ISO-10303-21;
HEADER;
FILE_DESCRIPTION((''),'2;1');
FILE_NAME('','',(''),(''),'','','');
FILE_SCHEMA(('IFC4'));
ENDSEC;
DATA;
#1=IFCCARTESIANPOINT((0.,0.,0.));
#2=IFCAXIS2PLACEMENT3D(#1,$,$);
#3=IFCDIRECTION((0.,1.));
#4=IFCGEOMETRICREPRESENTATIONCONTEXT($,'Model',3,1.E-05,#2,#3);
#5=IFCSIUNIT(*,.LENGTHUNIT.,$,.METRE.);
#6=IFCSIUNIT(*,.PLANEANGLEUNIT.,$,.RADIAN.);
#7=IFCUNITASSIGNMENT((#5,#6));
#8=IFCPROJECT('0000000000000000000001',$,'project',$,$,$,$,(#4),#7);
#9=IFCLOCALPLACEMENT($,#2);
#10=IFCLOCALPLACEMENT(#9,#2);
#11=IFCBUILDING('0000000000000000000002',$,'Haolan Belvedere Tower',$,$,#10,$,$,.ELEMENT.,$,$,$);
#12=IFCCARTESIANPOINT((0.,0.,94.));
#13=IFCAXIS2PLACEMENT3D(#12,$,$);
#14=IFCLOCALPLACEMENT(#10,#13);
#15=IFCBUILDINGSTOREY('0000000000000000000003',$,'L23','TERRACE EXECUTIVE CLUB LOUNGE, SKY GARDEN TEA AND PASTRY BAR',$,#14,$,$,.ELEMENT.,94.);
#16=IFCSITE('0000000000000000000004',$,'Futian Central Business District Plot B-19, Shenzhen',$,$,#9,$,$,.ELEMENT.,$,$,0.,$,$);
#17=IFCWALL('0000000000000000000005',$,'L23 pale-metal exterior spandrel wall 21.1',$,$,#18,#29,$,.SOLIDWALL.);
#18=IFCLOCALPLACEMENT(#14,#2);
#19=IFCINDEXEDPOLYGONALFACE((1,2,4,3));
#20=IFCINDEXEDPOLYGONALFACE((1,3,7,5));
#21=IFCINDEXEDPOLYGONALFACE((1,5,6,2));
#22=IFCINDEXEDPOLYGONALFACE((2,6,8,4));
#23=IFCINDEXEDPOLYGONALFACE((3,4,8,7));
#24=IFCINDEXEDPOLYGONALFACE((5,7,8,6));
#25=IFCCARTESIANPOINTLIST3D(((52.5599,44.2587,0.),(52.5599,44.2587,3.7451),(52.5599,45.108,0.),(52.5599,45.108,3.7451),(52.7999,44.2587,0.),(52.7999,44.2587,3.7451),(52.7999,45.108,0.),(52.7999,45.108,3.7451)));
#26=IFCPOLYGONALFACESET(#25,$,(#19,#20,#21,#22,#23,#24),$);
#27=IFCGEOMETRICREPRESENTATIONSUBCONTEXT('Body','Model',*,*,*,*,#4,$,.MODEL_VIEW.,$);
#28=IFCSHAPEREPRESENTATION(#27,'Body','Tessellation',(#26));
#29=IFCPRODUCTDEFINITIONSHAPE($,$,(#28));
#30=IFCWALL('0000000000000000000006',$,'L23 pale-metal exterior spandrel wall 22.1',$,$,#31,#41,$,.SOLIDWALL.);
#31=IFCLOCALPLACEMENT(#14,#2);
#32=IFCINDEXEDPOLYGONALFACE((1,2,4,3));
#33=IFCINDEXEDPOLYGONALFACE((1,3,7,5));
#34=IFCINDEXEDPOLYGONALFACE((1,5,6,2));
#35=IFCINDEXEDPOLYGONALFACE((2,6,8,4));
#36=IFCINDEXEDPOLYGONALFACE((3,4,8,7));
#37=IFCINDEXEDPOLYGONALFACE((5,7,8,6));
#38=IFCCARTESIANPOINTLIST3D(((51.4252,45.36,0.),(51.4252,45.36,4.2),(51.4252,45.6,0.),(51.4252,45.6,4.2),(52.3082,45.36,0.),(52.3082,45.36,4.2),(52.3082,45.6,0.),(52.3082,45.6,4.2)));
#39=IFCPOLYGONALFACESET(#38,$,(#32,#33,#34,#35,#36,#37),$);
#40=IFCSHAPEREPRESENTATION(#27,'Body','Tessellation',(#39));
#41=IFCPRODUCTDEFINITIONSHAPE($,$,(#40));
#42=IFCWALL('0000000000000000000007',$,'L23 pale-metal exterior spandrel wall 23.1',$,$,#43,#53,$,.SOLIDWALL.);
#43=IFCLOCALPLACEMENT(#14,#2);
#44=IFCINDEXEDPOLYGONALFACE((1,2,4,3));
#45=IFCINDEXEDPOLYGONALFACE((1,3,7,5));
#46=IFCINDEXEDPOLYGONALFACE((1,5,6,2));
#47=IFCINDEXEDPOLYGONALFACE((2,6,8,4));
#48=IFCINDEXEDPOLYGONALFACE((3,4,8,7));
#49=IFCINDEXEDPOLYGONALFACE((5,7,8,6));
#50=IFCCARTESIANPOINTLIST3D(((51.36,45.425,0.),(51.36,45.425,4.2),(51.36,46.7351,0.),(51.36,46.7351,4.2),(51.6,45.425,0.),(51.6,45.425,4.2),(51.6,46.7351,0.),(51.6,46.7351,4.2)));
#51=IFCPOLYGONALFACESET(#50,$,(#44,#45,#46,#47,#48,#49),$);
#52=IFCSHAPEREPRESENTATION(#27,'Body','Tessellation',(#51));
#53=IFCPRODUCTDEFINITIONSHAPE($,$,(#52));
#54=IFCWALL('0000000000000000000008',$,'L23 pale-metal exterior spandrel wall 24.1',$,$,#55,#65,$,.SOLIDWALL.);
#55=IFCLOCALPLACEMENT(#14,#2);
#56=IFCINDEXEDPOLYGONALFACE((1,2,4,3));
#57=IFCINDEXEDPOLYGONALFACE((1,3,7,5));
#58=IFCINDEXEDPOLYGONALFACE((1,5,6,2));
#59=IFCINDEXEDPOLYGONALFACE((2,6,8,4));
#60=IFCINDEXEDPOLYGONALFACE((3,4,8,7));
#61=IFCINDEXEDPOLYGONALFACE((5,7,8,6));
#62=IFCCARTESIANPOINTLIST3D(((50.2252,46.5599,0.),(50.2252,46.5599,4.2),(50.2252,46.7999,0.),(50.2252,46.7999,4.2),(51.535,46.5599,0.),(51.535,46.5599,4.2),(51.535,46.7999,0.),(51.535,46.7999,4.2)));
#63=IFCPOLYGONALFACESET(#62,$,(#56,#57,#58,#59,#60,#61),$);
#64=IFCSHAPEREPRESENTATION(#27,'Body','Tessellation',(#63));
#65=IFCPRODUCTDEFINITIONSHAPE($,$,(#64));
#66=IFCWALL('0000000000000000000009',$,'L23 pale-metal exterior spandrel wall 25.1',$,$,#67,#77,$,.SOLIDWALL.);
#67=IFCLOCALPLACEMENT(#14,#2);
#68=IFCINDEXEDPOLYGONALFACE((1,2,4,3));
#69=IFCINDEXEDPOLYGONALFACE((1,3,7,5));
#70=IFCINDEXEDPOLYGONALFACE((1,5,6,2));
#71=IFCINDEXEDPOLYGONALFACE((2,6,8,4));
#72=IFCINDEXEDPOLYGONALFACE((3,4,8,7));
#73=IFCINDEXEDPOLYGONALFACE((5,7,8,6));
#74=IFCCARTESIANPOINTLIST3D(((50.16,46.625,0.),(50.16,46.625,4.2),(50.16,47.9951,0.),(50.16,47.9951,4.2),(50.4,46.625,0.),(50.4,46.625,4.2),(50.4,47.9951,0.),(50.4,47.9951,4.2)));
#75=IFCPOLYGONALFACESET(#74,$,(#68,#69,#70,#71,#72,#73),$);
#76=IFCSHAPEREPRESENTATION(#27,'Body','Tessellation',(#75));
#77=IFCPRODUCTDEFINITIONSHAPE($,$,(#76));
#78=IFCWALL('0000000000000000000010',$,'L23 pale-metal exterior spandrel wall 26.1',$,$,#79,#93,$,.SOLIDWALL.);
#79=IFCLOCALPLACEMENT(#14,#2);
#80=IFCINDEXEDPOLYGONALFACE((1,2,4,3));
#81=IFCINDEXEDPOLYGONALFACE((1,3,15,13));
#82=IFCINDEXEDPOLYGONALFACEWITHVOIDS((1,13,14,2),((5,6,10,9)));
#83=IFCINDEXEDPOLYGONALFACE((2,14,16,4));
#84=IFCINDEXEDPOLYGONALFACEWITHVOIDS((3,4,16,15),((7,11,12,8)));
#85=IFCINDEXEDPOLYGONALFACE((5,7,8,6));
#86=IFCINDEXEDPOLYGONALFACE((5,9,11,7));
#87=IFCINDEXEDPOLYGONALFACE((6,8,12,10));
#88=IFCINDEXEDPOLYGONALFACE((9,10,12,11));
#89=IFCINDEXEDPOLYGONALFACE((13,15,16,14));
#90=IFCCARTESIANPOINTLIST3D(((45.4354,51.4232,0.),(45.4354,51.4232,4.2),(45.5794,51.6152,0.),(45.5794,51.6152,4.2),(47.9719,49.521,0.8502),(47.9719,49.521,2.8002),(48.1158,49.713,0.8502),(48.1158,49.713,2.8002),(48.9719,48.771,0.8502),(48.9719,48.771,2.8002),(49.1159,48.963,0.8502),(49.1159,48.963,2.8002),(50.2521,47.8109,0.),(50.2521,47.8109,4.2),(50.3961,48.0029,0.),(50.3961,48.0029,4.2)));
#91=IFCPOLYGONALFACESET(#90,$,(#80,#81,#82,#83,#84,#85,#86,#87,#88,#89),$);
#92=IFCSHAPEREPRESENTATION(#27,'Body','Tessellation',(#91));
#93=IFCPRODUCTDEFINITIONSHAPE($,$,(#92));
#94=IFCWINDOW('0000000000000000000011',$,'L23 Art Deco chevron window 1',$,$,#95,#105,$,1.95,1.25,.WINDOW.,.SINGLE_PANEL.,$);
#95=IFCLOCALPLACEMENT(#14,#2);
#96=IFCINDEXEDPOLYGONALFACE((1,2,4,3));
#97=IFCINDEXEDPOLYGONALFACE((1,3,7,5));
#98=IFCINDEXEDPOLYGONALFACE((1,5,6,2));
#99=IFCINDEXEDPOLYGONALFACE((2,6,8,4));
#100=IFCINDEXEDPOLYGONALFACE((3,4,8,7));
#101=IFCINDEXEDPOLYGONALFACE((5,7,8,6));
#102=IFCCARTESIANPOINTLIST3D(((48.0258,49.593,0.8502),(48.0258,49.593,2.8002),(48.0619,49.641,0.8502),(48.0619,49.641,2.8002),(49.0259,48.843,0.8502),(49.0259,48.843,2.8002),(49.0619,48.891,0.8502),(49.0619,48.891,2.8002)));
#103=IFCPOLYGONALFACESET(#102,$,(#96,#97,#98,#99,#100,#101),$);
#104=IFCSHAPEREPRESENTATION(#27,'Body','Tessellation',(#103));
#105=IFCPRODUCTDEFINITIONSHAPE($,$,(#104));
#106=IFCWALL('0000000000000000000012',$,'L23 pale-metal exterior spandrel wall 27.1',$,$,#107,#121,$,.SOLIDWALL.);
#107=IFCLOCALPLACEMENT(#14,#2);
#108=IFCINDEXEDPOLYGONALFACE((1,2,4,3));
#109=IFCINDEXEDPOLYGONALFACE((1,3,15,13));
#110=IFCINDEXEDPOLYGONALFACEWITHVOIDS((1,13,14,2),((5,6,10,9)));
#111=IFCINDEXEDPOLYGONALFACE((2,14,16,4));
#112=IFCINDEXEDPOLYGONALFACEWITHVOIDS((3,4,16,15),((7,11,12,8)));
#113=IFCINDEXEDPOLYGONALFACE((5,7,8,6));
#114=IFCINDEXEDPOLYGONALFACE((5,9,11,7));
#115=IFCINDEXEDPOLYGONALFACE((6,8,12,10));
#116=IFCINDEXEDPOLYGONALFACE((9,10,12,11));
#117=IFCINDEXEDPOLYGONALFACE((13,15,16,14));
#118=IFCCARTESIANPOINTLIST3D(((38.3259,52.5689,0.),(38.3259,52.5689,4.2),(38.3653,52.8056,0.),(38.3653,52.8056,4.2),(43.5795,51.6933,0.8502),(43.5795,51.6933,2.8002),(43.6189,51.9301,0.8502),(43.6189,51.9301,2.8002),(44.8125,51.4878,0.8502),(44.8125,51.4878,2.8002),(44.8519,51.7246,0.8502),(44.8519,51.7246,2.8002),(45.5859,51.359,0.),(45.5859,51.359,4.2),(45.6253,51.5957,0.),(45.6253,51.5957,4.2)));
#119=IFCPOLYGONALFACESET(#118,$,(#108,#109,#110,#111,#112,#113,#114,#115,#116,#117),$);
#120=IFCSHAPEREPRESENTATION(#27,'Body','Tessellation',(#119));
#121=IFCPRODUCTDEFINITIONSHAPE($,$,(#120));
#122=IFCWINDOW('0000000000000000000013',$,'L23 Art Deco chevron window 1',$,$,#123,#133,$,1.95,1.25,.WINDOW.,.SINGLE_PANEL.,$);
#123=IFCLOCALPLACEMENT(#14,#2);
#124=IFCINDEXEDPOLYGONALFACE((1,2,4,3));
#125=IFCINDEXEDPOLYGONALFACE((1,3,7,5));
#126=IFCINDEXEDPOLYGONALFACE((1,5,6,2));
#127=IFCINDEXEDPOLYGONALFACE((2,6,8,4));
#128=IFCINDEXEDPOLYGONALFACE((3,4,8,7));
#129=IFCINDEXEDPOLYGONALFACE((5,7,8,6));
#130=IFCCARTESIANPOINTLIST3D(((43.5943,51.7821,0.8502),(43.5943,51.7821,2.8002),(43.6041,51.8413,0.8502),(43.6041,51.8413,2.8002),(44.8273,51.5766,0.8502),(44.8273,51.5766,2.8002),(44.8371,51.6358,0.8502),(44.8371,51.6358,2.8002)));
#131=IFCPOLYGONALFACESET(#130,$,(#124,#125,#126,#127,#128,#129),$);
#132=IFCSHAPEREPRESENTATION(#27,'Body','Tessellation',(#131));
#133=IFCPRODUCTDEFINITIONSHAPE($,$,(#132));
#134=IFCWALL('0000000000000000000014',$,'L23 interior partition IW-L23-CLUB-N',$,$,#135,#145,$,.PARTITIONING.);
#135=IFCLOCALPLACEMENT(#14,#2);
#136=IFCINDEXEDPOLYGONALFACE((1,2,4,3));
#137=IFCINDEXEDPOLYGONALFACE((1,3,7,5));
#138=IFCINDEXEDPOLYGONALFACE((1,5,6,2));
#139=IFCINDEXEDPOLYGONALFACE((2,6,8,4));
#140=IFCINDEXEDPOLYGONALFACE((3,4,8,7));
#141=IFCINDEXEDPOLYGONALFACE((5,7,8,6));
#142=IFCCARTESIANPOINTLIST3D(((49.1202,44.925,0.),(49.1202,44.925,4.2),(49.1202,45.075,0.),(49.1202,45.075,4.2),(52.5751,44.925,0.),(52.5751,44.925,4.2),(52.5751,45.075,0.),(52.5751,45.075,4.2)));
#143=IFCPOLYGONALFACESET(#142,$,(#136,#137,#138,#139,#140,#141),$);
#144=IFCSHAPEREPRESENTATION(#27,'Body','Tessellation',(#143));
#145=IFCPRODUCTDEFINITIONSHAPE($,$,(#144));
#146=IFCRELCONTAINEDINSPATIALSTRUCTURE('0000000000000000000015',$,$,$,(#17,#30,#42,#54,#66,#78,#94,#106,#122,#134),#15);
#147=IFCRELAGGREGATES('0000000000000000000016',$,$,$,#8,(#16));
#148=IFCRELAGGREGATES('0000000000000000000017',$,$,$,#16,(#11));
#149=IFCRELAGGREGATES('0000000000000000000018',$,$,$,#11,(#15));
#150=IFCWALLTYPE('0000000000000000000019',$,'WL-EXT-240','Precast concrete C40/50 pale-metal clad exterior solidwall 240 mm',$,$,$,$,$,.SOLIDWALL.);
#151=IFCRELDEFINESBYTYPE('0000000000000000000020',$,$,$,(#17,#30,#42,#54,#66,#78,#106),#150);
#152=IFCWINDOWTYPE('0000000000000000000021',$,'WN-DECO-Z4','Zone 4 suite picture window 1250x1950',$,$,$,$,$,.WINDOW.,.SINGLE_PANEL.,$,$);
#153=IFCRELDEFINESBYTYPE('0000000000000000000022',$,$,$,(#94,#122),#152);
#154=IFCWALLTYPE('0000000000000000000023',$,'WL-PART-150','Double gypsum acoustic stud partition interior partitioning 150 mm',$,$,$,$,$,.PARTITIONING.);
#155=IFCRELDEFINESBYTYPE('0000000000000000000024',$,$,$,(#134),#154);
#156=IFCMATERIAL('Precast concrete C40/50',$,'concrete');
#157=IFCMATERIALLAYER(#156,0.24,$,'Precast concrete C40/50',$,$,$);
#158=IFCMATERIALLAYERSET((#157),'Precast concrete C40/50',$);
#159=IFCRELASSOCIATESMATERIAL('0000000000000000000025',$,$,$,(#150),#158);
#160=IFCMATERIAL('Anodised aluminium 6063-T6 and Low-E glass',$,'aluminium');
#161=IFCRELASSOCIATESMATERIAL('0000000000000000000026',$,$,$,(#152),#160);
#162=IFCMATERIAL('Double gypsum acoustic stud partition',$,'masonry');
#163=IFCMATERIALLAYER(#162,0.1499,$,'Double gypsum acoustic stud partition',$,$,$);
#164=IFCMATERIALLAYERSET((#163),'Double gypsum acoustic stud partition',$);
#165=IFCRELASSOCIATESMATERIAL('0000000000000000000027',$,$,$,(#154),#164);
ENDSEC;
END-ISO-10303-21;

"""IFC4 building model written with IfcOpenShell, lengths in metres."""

from ifc_helpers import new_model, si_unit, direction, frame, frame_2d, origin, place, context, subcontext, project, spatial, rectangle, extrude, material, layer, layer_set, type_object, element, fill, save


model = new_model("IFC4")

# Units and contexts
model_context = context("Model", 3, precision=1e-05, world=origin(), true_north=direction((0.0, 1.0)))
body_context = subcontext(model_context, "Body", "Model", "MODEL_VIEW")
ifc_project = project(units=[si_unit("LENGTHUNIT", "METRE"), si_unit("PLANEANGLEUNIT", "RADIAN")], contexts=[model_context])

# Site, building, storey
site_placement = place(None, origin())
site = spatial("IfcSite", under=ifc_project, at=site_placement, Name="Futian Central Business District Plot B-19, Shenzhen", CompositionType="ELEMENT", RefElevation=0.0)
building_placement = place(site_placement, origin())
building = spatial("IfcBuilding", under=site, at=building_placement, Name="Haolan Belvedere Tower", CompositionType="ELEMENT")
storey_placement = place(building_placement, frame((0.0, 0.0, 94.0)))
storey = spatial("IfcBuildingStorey", under=building, at=storey_placement, Name="L23", Description="TERRACE EXECUTIVE CLUB LOUNGE, SKY GARDEN TEA AND PASTRY BAR", CompositionType="ELEMENT", Elevation=94.0)

# Shared definitions
ifc_material_1 = material(Name="Precast concrete C40/50", Category="concrete")
ifc_layer_1 = layer(ifc_material_1, 0.24, Name="Precast concrete C40/50")
ifc_layer_set_1 = layer_set([ifc_layer_1], Name="Precast concrete C40/50")
wall_type_1 = type_object("IfcWallType", Name="WL-EXT-240", Description="Precast concrete C40/50 pale-metal clad exterior solidwall 240 mm", PredefinedType="SOLIDWALL", material=ifc_layer_set_1)

# Shared definitions
ifc_material_2 = material(Name="Anodised aluminium 6063-T6 and Low-E glass", Category="aluminium")
window_type = type_object("IfcWindowType", Name="WN-DECO-Z4", Description="Zone 4 suite picture window 1250x1950", PartitioningType="SINGLE_PANEL", PredefinedType="WINDOW", material=ifc_material_2)

# Walls
wall_1_placement = place(storey_placement, frame((52.6799, 44.2585, 0.0), z_axis=(0.0, 0.0, 1.0), x_axis=(0.0, 1.0, 0.0)))
element("IfcWall", 1, at=wall_1_placement, inside=storey, type_object=wall_type_1, Name="L23 pale-metal exterior spandrel wall 21.1", PredefinedType="SOLIDWALL", context=body_context, shape_type="SweptSolid", body=[
    extrude(rectangle(XDim=0.8494, YDim=0.24, at=frame_2d((0.4248, 0.0))), origin(), (0.0, 0.0, 1.0), 3.7451),
])
wall_2_placement = place(storey_placement, frame((52.3081, 45.48, 0.0), z_axis=(0.0, 0.0, 1.0), x_axis=(-1.0, 0.0, 0.0)))
element("IfcWall", 2, at=wall_2_placement, inside=storey, type_object=wall_type_1, Name="L23 pale-metal exterior spandrel wall 22.1", PredefinedType="SOLIDWALL", context=body_context, shape_type="SweptSolid", body=[
    extrude(rectangle(XDim=0.8831, YDim=0.24, at=frame_2d((0.4414, 0.0))), origin(), (0.0, 0.0, 1.0), 4.2),
])
wall_3_placement = place(storey_placement, frame((51.48, 45.425, 0.0), z_axis=(0.0, 0.0, 1.0), x_axis=(0.0, 1.0, 0.0)))
element("IfcWall", 3, at=wall_3_placement, inside=storey, type_object=wall_type_1, Name="L23 pale-metal exterior spandrel wall 23.1", PredefinedType="SOLIDWALL", context=body_context, shape_type="SweptSolid", body=[
    extrude(rectangle(XDim=1.3101, YDim=0.24, at=frame_2d((0.655, 0.0))), origin(), (0.0, 0.0, 1.0), 4.2),
])
wall_4_placement = place(storey_placement, frame((51.5349, 46.6799, 0.0), z_axis=(0.0, 0.0, 1.0), x_axis=(-1.0, 0.0, 0.0)))
element("IfcWall", 4, at=wall_4_placement, inside=storey, type_object=wall_type_1, Name="L23 pale-metal exterior spandrel wall 24.1", PredefinedType="SOLIDWALL", context=body_context, shape_type="SweptSolid", body=[
    extrude(rectangle(XDim=1.3098, YDim=0.24, at=frame_2d((0.6548, 0.0))), origin(), (0.0, 0.0, 1.0), 4.2),
])
wall_5_placement = place(storey_placement, frame((50.28, 46.625, 0.0), z_axis=(0.0, 0.0, 1.0), x_axis=(0.0, 1.0, 0.0)))
element("IfcWall", 5, at=wall_5_placement, inside=storey, type_object=wall_type_1, Name="L23 pale-metal exterior spandrel wall 25.1", PredefinedType="SOLIDWALL", context=body_context, shape_type="SweptSolid", body=[
    extrude(rectangle(XDim=1.3701, YDim=0.24, at=frame_2d((0.6851, 0.0))), origin(), (0.0, 0.0, 1.0), 4.2),
])

# Walls, openings, windows
wall_6_placement = place(storey_placement, frame((50.324, 47.907, 0.0), z_axis=(0.0, 0.0, 1.0), x_axis=(-0.800015, 0.599981, 0.0)))
wall_6 = element("IfcWall", 6, at=wall_6_placement, inside=storey, type_object=wall_type_1, Name="L23 pale-metal exterior spandrel wall 26.1", PredefinedType="SOLIDWALL", context=body_context, shape_type="SweptSolid", body=[
    extrude(rectangle(XDim=6.0208, YDim=0.24, at=frame_2d((3.0103, 0.0))), origin(), (0.0, 0.0, 1.0), 4.2),
])
opening_1_placement = place(wall_6_placement, frame((1.6001, 0.0, 0.8501)))
opening_1 = element("IfcOpeningElement", 7, at=opening_1_placement, cuts=wall_6, PredefinedType="OPENING", context=body_context, shape_type="SweptSolid", body=[
    extrude(rectangle(XDim=1.25, YDim=1.95, at=frame_2d((0.625, 0.9751))), frame((0.0, 0.1299, 0.0), z_axis=(0.0, -1.0, 0.0), x_axis=(1.0, 0.0, 0.0)), (0.0, 0.0, 1.0), 0.26),
])
window_1_placement = place(opening_1_placement, origin())
window_1 = element("IfcWindow", 8, at=window_1_placement, inside=storey, type_object=window_type, Name="L23 Art Deco chevron window 1", OverallHeight=1.95, OverallWidth=1.25, PartitioningType="SINGLE_PANEL", PredefinedType="WINDOW", context=body_context, shape_type="SweptSolid", body=[
    extrude(rectangle(XDim=1.25, YDim=1.95, at=frame_2d((0.625, 0.9751))), frame((0.0, 0.03, 0.0), z_axis=(0.0, -1.0, 0.0), x_axis=(1.0, 0.0, 0.0)), (0.0, 0.0, 1.0), 0.0601),
])
fill(opening_1, window_1)
wall_7_placement = place(storey_placement, frame((45.6057, 51.4773, 0.0), z_axis=(0.0, 0.0, 1.0), x_axis=(-0.986395, 0.164394, 0.0)))
wall_7 = element("IfcWall", 9, at=wall_7_placement, inside=storey, type_object=wall_type_1, Name="L23 pale-metal exterior spandrel wall 27.1", PredefinedType="SOLIDWALL", context=body_context, shape_type="SweptSolid", body=[
    extrude(rectangle(XDim=7.3601, YDim=0.24, at=frame_2d((3.6802, 0.0))), origin(), (0.0, 0.0, 1.0), 4.2),
])
opening_2_placement = place(wall_7_placement, frame((0.7842, 0.0, 0.8501)))
opening_2 = element("IfcOpeningElement", 10, at=opening_2_placement, cuts=wall_7, PredefinedType="OPENING", context=body_context, shape_type="SweptSolid", body=[
    extrude(rectangle(XDim=1.25, YDim=1.95, at=frame_2d((0.625, 0.9751))), frame((0.0, 0.1299, 0.0), z_axis=(0.0, -1.0, 0.0), x_axis=(1.0, 0.0, 0.0)), (0.0, 0.0, 1.0), 0.26),
])
window_2_placement = place(opening_2_placement, origin())
window_2 = element("IfcWindow", 11, at=window_2_placement, inside=storey, type_object=window_type, Name="L23 Art Deco chevron window 1", OverallHeight=1.95, OverallWidth=1.25, PartitioningType="SINGLE_PANEL", PredefinedType="WINDOW", context=body_context, shape_type="SweptSolid", body=[
    extrude(rectangle(XDim=1.25, YDim=1.95, at=frame_2d((0.625, 0.9751))), frame((0.0, 0.03, 0.0), z_axis=(0.0, -1.0, 0.0), x_axis=(1.0, 0.0, 0.0)), (0.0, 0.0, 1.0), 0.0601),
])
fill(opening_2, window_2)

# Wall
ifc_material_3 = material(Name="Double gypsum acoustic stud partition", Category="masonry")
ifc_layer_2 = layer(ifc_material_3, 0.1499, Name="Double gypsum acoustic stud partition")
ifc_layer_set_2 = layer_set([ifc_layer_2], Name="Double gypsum acoustic stud partition")
wall_type_2 = type_object("IfcWallType", Name="WL-PART-150", Description="Double gypsum acoustic stud partition interior partitioning 150 mm", PredefinedType="PARTITIONING", material=ifc_layer_set_2)
wall_8_placement = place(storey_placement, frame((49.1201, 45.0, 0.0), z_axis=(0.0, 0.0, 1.0), x_axis=(1.0, 0.0, 0.0)))
element("IfcWall", 12, at=wall_8_placement, inside=storey, type_object=wall_type_2, Name="L23 interior partition IW-L23-CLUB-N", PredefinedType="PARTITIONING", context=body_context, shape_type="SweptSolid", body=[
    extrude(rectangle(XDim=3.4548, YDim=0.1499, at=frame_2d((1.7275, 0.0))), origin(), (0.0, 0.0, 1.0), 4.2),
])

save(model, "model.ifc")
